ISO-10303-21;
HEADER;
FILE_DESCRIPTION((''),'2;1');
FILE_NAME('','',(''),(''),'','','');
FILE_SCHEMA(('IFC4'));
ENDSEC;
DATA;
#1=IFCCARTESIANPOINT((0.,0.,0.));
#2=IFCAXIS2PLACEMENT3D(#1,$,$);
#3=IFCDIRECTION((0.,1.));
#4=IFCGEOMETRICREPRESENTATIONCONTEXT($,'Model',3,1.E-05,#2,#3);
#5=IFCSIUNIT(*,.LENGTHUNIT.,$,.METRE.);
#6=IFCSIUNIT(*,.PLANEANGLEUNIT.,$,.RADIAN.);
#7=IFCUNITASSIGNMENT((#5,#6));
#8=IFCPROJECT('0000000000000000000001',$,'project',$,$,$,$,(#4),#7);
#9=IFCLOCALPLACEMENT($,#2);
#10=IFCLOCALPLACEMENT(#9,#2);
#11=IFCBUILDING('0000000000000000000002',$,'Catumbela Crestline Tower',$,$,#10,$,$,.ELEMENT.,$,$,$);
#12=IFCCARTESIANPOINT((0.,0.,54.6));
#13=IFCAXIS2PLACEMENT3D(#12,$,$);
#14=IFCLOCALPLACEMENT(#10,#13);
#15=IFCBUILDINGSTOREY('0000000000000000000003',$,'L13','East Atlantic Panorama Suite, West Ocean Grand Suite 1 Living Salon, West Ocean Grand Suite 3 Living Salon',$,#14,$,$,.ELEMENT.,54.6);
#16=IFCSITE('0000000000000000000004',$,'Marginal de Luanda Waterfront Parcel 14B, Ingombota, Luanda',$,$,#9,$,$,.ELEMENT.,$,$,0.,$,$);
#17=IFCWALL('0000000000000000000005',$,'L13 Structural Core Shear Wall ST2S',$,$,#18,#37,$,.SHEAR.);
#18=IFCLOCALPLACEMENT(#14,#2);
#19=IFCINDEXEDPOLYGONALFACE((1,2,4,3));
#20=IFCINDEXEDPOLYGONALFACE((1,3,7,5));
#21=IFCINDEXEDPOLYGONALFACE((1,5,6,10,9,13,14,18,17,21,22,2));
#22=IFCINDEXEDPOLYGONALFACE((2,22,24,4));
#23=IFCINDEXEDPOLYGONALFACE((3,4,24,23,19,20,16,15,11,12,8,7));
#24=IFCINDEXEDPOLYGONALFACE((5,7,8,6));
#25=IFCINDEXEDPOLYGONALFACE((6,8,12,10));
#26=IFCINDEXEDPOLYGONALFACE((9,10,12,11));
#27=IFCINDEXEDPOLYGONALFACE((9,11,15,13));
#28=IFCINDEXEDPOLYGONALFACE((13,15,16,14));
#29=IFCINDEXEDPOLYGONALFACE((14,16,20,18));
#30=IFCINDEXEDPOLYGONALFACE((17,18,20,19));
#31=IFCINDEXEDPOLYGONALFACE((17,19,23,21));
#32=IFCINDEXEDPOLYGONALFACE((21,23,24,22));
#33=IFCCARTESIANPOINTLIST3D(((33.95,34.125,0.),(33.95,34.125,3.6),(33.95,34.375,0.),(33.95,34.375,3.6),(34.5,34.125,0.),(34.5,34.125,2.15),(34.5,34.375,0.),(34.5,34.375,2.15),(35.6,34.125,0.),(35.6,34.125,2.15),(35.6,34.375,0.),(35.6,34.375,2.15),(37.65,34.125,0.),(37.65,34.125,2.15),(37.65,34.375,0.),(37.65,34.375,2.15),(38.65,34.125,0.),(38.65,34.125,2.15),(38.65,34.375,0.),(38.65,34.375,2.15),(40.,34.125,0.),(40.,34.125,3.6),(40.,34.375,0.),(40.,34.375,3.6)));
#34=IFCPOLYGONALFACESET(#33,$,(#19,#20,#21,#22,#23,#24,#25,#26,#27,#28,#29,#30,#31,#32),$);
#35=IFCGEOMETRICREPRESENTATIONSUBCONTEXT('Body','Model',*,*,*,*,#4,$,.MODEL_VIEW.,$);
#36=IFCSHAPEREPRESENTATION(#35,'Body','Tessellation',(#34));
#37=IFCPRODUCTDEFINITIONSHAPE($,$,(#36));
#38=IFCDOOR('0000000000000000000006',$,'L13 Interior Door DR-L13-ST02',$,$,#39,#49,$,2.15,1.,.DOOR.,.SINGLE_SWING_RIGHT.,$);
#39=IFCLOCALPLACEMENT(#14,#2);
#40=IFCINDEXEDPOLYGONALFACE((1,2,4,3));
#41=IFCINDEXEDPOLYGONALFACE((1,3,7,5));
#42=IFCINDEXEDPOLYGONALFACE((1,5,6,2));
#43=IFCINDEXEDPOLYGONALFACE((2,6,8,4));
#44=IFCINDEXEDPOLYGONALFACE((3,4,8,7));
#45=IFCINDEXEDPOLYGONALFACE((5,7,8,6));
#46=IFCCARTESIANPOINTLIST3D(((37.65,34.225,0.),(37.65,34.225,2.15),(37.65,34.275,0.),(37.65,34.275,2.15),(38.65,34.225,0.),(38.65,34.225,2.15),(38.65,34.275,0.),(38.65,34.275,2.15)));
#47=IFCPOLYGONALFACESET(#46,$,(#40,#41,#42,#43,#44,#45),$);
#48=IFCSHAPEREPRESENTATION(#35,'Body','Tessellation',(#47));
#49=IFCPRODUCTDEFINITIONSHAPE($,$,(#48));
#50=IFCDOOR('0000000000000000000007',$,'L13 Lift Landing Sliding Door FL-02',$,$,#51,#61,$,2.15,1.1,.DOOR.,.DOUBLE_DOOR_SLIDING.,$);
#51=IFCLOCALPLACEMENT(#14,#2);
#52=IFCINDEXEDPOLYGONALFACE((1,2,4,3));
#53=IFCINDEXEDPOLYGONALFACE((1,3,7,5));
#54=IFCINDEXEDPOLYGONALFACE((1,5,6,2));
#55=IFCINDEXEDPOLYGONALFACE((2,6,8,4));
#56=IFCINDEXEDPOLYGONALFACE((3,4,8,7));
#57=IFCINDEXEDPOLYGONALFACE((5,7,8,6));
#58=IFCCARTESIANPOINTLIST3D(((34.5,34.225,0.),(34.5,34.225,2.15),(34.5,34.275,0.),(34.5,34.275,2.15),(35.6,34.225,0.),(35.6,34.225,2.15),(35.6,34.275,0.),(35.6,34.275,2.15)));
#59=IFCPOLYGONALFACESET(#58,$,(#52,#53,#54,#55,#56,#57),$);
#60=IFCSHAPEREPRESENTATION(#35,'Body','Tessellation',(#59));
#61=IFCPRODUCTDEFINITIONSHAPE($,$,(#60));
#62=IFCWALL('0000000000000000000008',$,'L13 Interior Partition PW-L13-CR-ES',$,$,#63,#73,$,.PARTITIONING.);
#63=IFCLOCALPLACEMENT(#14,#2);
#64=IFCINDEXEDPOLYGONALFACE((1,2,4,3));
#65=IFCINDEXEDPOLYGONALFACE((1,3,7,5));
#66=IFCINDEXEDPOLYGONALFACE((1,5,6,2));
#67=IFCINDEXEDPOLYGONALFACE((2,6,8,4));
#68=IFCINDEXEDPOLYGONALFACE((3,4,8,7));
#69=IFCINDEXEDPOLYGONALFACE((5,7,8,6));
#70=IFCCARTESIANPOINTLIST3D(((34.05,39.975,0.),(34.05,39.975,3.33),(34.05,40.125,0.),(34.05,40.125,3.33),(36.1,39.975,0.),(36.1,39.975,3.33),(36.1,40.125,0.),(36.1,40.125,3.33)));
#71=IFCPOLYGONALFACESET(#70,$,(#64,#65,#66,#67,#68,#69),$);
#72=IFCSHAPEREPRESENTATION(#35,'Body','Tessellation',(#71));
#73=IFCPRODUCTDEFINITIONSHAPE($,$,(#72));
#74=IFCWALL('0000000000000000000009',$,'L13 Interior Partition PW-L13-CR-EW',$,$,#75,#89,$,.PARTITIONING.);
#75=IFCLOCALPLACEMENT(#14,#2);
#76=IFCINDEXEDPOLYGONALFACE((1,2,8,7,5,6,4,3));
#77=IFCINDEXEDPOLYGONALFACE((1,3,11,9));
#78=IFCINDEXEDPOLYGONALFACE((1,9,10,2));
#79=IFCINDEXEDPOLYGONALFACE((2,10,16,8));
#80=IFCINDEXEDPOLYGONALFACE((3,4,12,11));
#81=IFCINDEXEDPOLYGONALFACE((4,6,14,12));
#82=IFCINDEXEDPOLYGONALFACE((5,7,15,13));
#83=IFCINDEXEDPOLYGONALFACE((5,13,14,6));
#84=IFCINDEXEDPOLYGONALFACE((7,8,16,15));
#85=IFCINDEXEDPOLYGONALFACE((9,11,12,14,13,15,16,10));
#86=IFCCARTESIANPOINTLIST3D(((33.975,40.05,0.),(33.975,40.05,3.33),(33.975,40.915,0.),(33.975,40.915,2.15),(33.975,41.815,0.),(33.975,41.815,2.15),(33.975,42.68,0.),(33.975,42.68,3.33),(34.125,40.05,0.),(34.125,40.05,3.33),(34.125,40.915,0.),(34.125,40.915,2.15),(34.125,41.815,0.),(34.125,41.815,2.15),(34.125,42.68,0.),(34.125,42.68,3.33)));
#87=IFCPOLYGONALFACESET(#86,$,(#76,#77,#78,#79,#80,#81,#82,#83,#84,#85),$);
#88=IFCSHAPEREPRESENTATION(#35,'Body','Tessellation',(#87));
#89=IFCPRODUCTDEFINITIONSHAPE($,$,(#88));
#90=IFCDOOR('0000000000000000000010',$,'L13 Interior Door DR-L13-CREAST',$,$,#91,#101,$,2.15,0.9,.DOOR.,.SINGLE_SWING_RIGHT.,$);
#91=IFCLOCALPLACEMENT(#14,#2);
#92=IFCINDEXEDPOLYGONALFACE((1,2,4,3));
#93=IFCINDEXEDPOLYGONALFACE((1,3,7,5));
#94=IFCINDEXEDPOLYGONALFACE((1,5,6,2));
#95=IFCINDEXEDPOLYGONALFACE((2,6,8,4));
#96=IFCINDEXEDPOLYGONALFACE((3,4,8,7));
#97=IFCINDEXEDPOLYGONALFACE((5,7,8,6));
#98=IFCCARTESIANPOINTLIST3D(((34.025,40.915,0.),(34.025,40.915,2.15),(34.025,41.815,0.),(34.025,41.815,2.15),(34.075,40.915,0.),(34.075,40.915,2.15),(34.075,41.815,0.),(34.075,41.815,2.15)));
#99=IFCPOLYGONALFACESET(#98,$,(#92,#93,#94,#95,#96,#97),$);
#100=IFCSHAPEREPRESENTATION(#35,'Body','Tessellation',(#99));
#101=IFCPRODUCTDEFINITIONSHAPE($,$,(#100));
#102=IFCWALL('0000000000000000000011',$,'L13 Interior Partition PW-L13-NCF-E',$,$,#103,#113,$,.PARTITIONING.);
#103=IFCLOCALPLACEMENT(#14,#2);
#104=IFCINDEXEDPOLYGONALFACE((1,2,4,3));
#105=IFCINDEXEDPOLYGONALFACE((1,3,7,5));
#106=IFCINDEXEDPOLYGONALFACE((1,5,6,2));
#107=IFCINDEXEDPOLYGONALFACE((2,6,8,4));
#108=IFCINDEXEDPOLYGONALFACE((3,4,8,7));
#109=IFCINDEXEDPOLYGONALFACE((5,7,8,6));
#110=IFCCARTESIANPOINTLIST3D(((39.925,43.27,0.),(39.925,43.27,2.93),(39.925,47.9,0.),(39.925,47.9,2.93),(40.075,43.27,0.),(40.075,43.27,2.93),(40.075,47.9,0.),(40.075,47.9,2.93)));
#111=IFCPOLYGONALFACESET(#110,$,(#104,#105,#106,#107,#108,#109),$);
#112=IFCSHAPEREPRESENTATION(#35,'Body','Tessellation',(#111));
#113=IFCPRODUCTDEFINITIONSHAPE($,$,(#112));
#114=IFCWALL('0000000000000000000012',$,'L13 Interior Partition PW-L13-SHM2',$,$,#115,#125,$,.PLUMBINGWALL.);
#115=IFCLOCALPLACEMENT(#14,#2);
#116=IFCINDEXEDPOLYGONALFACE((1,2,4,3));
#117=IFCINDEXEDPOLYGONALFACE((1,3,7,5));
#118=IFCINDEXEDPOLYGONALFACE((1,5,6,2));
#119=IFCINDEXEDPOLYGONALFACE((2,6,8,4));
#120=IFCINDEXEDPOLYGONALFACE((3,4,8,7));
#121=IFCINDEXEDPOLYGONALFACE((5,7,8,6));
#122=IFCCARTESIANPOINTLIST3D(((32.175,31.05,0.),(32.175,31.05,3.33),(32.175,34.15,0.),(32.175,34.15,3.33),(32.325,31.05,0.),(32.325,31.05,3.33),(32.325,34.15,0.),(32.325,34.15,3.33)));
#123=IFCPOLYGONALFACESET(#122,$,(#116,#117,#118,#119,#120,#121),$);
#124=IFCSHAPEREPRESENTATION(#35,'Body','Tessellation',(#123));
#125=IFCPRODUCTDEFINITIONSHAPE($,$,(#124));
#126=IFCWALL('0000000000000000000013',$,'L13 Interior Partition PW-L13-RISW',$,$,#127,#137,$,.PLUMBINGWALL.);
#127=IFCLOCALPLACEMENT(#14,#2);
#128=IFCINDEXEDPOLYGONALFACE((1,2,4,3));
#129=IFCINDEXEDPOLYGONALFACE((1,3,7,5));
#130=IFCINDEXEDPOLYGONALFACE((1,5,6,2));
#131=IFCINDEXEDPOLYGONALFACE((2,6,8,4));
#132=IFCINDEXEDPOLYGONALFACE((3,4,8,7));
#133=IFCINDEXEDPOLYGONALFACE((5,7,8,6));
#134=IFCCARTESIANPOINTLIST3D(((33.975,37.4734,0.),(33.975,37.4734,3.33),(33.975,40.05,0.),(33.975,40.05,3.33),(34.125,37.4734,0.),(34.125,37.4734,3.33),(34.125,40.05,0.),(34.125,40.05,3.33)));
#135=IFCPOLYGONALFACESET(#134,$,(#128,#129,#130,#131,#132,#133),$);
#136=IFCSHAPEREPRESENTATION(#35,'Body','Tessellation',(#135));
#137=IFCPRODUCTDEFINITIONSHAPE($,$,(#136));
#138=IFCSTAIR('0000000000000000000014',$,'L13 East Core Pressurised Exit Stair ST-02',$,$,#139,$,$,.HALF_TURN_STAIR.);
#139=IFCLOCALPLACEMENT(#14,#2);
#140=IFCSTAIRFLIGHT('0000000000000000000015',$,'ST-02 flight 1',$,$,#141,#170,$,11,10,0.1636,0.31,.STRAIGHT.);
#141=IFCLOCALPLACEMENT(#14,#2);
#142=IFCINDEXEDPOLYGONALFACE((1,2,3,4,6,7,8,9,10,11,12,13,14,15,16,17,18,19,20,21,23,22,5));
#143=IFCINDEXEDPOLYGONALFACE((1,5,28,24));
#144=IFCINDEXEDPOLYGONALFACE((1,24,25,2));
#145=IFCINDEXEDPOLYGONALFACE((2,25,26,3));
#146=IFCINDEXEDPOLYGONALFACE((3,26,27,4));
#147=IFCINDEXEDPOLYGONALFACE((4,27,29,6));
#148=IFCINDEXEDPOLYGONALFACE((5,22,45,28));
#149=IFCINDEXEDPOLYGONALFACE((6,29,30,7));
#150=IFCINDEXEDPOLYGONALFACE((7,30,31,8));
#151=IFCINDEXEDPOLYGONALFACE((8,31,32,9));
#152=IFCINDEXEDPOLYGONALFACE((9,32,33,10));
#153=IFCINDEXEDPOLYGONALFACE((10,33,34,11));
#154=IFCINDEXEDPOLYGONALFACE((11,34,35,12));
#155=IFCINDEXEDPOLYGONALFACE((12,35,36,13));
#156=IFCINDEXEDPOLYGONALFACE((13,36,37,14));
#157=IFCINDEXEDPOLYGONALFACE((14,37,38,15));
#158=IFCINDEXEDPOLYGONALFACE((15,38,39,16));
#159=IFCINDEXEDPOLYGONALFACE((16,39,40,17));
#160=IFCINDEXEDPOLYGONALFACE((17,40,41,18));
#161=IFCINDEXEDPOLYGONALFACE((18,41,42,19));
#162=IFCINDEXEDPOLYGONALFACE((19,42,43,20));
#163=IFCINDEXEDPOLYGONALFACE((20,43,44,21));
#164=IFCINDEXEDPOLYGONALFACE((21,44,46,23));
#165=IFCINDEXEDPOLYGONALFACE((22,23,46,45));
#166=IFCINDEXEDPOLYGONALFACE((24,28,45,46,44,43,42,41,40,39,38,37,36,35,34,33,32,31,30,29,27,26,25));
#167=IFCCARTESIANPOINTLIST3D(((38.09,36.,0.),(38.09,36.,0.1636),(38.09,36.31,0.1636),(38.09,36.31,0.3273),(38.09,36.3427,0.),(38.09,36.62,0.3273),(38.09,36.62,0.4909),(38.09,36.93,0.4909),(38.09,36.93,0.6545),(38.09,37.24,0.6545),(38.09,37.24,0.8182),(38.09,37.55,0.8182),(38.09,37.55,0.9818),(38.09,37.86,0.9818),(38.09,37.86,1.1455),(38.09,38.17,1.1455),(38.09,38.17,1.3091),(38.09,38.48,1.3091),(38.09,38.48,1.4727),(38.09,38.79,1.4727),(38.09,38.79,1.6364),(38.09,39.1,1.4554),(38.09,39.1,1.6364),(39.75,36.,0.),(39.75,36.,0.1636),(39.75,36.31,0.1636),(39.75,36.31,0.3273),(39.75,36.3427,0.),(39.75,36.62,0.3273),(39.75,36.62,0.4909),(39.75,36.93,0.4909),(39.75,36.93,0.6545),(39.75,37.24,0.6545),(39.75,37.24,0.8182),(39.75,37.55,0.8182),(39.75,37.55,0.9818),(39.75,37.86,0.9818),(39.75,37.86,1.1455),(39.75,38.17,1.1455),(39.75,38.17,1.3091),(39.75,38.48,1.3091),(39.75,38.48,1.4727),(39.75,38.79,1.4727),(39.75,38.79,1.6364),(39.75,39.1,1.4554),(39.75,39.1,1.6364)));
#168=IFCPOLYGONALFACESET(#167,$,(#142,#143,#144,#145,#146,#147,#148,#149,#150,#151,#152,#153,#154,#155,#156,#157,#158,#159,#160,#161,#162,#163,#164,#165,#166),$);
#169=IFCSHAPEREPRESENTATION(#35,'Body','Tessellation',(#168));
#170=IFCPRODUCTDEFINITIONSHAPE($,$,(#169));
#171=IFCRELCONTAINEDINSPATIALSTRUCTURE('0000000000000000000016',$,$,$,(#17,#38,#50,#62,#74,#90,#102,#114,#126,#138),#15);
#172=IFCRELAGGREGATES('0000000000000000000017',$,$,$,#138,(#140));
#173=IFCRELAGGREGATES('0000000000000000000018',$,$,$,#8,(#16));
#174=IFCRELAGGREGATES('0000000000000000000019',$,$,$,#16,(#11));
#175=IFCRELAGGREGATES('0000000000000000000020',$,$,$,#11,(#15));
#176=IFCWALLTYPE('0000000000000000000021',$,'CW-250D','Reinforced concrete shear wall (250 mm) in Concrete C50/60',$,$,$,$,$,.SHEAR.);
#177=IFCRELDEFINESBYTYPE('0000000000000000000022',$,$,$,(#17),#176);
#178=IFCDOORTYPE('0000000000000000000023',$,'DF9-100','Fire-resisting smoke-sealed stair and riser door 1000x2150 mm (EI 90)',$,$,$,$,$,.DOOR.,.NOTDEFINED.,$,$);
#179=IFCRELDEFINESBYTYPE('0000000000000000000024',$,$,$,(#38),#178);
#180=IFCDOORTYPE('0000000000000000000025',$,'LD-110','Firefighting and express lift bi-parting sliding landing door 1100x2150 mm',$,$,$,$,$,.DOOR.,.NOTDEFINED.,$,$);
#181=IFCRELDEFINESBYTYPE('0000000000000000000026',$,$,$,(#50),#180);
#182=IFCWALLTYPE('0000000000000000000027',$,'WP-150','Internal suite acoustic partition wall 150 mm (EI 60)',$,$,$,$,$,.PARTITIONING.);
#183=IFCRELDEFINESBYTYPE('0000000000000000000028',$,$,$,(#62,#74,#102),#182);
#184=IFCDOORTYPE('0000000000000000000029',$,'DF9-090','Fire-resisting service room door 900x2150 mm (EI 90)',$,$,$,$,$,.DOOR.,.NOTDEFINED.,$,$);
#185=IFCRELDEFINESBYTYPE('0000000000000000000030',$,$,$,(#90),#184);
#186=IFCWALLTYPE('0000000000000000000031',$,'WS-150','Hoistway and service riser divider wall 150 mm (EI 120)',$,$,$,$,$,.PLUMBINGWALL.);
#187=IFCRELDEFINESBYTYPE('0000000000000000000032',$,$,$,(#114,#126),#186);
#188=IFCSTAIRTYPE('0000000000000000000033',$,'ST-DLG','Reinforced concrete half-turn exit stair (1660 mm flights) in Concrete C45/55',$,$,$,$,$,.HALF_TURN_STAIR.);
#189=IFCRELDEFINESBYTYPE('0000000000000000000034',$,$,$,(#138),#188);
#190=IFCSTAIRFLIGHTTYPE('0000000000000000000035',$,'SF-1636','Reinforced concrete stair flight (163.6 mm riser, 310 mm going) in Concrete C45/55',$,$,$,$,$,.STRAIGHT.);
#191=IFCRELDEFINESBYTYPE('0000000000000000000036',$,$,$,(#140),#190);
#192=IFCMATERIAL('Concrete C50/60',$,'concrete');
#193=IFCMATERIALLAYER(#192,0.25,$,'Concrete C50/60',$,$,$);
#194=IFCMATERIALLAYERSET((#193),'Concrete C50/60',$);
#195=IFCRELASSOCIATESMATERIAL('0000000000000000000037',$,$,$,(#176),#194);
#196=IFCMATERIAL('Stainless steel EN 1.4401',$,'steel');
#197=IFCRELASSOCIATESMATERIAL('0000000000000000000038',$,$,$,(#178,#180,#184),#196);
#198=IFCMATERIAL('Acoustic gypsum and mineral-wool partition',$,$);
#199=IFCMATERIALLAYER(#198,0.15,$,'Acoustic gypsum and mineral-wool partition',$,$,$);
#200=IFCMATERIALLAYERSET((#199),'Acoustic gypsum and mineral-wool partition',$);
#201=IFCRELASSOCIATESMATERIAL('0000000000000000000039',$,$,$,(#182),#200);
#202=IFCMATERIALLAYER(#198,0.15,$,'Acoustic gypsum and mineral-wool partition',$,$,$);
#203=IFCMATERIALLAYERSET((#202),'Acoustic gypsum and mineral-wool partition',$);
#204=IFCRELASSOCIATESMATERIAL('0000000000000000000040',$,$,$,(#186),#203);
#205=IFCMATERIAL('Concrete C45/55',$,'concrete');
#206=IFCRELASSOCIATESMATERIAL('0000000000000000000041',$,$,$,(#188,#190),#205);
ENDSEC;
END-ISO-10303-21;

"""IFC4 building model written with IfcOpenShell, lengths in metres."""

from ifc_helpers import new_model, si_unit, direction, frame, frame_2d, origin, place, context, subcontext, project, spatial, polyline, rectangle, outline, extrude, material, layer, layer_set, type_object, element, fill, aggregate, save


model = new_model("IFC4")

# Units and contexts
model_context = context("Model", 3, precision=1e-05, world=origin(), true_north=direction((0.0, 1.0)))
body_context = subcontext(model_context, "Body", "Model", "MODEL_VIEW")
ifc_project = project(units=[si_unit("LENGTHUNIT", "METRE"), si_unit("PLANEANGLEUNIT", "RADIAN")], contexts=[model_context])

# Site, building, storey
site_placement = place(None, origin())
site = spatial("IfcSite", under=ifc_project, at=site_placement, Name="Marginal de Luanda Waterfront Parcel 14B, Ingombota, Luanda", CompositionType="ELEMENT", RefElevation=0.0)
building_placement = place(site_placement, origin())
building = spatial("IfcBuilding", under=site, at=building_placement, Name="Catumbela Crestline Tower", CompositionType="ELEMENT")
storey_placement = place(building_placement, frame((0.0, 0.0, 54.6)))
storey = spatial("IfcBuildingStorey", under=building, at=storey_placement, Name="L13", Description="East Atlantic Panorama Suite, West Ocean Grand Suite 1 Living Salon, West Ocean Grand Suite 3 Living Salon", CompositionType="ELEMENT", Elevation=54.6)

# Shared definitions
ifc_material_1 = material(Name="Concrete C50/60", Category="concrete")
ifc_layer_1 = layer(ifc_material_1, 0.25, Name="Concrete C50/60")
ifc_layer_set_1 = layer_set([ifc_layer_1], Name="Concrete C50/60")
wall_type_1 = type_object("IfcWallType", Name="CW-250D", Description="Reinforced concrete shear wall (250 mm) in Concrete C50/60", PredefinedType="SHEAR", material=ifc_layer_set_1)

# Wall, openings, doors
wall_1_placement = place(storey_placement, frame((33.95, 34.25, 0.0), z_axis=(0.0, 0.0, 1.0), x_axis=(1.0, 0.0, 0.0)))
wall_1 = element("IfcWall", 1, at=wall_1_placement, inside=storey, type_object=wall_type_1, Name="L13 Structural Core Shear Wall ST2S", PredefinedType="SHEAR", context=body_context, shape_type="SweptSolid", body=[
    extrude(rectangle(XDim=6.05, YDim=0.25, at=frame_2d((3.025, 0.0))), origin(), (0.0, 0.0, 1.0), 3.6),
])
opening_1_placement = place(wall_1_placement, frame((3.7, 0.0, 0.0)))
opening_1 = element("IfcOpeningElement", 2, at=opening_1_placement, cuts=wall_1, PredefinedType="OPENING", context=body_context, shape_type="SweptSolid", body=[
    extrude(rectangle(XDim=1.0, YDim=2.15, at=frame_2d((0.5, 1.075))), frame((0.0, 0.135, 0.0), z_axis=(0.0, -1.0, 0.0), x_axis=(1.0, 0.0, 0.0)), (0.0, 0.0, 1.0), 0.27),
])
opening_2_placement = place(wall_1_placement, frame((0.55, 0.0, 0.0)))
opening_2 = element("IfcOpeningElement", 3, at=opening_2_placement, cuts=wall_1, PredefinedType="OPENING", context=body_context, shape_type="SweptSolid", body=[
    extrude(rectangle(XDim=1.1, YDim=2.15, at=frame_2d((0.55, 1.075))), frame((0.0, 0.135, 0.0), z_axis=(0.0, -1.0, 0.0), x_axis=(1.0, 0.0, 0.0)), (0.0, 0.0, 1.0), 0.27),
])
ifc_material_2 = material(Name="Stainless steel EN 1.4401", Category="steel")
door_type_1 = type_object("IfcDoorType", Name="DF9-100", Description="Fire-resisting smoke-sealed stair and riser door 1000x2150 mm (EI 90)", OperationType="NOTDEFINED", PredefinedType="DOOR", material=ifc_material_2)
door_1_placement = place(opening_1_placement, origin())
door_1 = element("IfcDoor", 4, at=door_1_placement, inside=storey, type_object=door_type_1, Name="L13 Interior Door DR-L13-ST02", OperationType="SINGLE_SWING_RIGHT", OverallHeight=2.15, OverallWidth=1.0, PredefinedType="DOOR", context=body_context, shape_type="SweptSolid", body=[
    extrude(rectangle(XDim=1.0, YDim=2.15, at=frame_2d((0.5, 1.075))), frame((0.0, 0.025, 0.0), z_axis=(0.0, -1.0, 0.0), x_axis=(1.0, 0.0, 0.0)), (0.0, 0.0, 1.0), 0.05),
])
fill(opening_1, door_1)
door_type_2 = type_object("IfcDoorType", Name="LD-110", Description="Firefighting and express lift bi-parting sliding landing door 1100x2150 mm", OperationType="NOTDEFINED", PredefinedType="DOOR", material=ifc_material_2)
door_2_placement = place(opening_2_placement, origin())
door_2 = element("IfcDoor", 5, at=door_2_placement, inside=storey, type_object=door_type_2, Name="L13 Lift Landing Sliding Door FL-02", OperationType="DOUBLE_DOOR_SLIDING", OverallHeight=2.15, OverallWidth=1.1, PredefinedType="DOOR", context=body_context, shape_type="SweptSolid", body=[
    extrude(rectangle(XDim=1.1, YDim=2.15, at=frame_2d((0.55, 1.075))), frame((0.0, 0.025, 0.0), z_axis=(0.0, -1.0, 0.0), x_axis=(1.0, 0.0, 0.0)), (0.0, 0.0, 1.0), 0.05),
])
fill(opening_2, door_2)

# Wall
ifc_material_3 = material(Name="Acoustic gypsum and mineral-wool partition")
ifc_layer_2 = layer(ifc_material_3, 0.15, Name="Acoustic gypsum and mineral-wool partition")
ifc_layer_set_2 = layer_set([ifc_layer_2], Name="Acoustic gypsum and mineral-wool partition")
wall_type_2 = type_object("IfcWallType", Name="WP-150", Description="Internal suite acoustic partition wall 150 mm (EI 60)", PredefinedType="PARTITIONING", material=ifc_layer_set_2)
wall_2_placement = place(storey_placement, frame((34.05, 40.05, 0.0), z_axis=(0.0, 0.0, 1.0), x_axis=(1.0, 0.0, 0.0)))
element("IfcWall", 6, at=wall_2_placement, inside=storey, type_object=wall_type_2, Name="L13 Interior Partition PW-L13-CR-ES", PredefinedType="PARTITIONING", context=body_context, shape_type="SweptSolid", body=[
    extrude(rectangle(XDim=2.05, YDim=0.15, at=frame_2d((1.025, 0.0))), origin(), (0.0, 0.0, 1.0), 3.33),
])

# Wall, opening, door
wall_3_placement = place(storey_placement, frame((34.05, 40.05, 0.0), z_axis=(0.0, 0.0, 1.0), x_axis=(0.0, 1.0, 0.0)))
wall_3 = element("IfcWall", 7, at=wall_3_placement, inside=storey, type_object=wall_type_2, Name="L13 Interior Partition PW-L13-CR-EW", PredefinedType="PARTITIONING", context=body_context, shape_type="SweptSolid", body=[
    extrude(rectangle(XDim=2.63, YDim=0.15, at=frame_2d((1.315, 0.0))), origin(), (0.0, 0.0, 1.0), 3.33),
])
opening_3_placement = place(wall_3_placement, frame((0.865, 0.0, 0.0)))
opening_3 = element("IfcOpeningElement", 8, at=opening_3_placement, cuts=wall_3, PredefinedType="OPENING", context=body_context, shape_type="SweptSolid", body=[
    extrude(rectangle(XDim=0.9, YDim=2.15, at=frame_2d((0.45, 1.075))), frame((0.0, 0.085, 0.0), z_axis=(0.0, -1.0, 0.0), x_axis=(1.0, 0.0, 0.0)), (0.0, 0.0, 1.0), 0.17),
])
door_type_3 = type_object("IfcDoorType", Name="DF9-090", Description="Fire-resisting service room door 900x2150 mm (EI 90)", OperationType="NOTDEFINED", PredefinedType="DOOR", material=ifc_material_2)
door_3_placement = place(opening_3_placement, origin())
door_3 = element("IfcDoor", 9, at=door_3_placement, inside=storey, type_object=door_type_3, Name="L13 Interior Door DR-L13-CREAST", OperationType="SINGLE_SWING_RIGHT", OverallHeight=2.15, OverallWidth=0.9, PredefinedType="DOOR", context=body_context, shape_type="SweptSolid", body=[
    extrude(rectangle(XDim=0.9, YDim=2.15, at=frame_2d((0.45, 1.075))), frame((0.0, 0.025, 0.0), z_axis=(0.0, -1.0, 0.0), x_axis=(1.0, 0.0, 0.0)), (0.0, 0.0, 1.0), 0.05),
])
fill(opening_3, door_3)

# Walls
wall_4_placement = place(storey_placement, frame((40.0, 43.27, 0.0), z_axis=(0.0, 0.0, 1.0), x_axis=(0.0, 1.0, 0.0)))
element("IfcWall", 10, at=wall_4_placement, inside=storey, type_object=wall_type_2, Name="L13 Interior Partition PW-L13-NCF-E", PredefinedType="PARTITIONING", context=body_context, shape_type="SweptSolid", body=[
    extrude(rectangle(XDim=4.63, YDim=0.15, at=frame_2d((2.315, 0.0))), origin(), (0.0, 0.0, 1.0), 2.93),
])
ifc_layer_3 = layer(ifc_material_3, 0.15, Name="Acoustic gypsum and mineral-wool partition")
ifc_layer_set_3 = layer_set([ifc_layer_3], Name="Acoustic gypsum and mineral-wool partition")
wall_type_3 = type_object("IfcWallType", Name="WS-150", Description="Hoistway and service riser divider wall 150 mm (EI 120)", PredefinedType="PLUMBINGWALL", material=ifc_layer_set_3)
wall_5_placement = place(storey_placement, frame((32.25, 31.05, 0.0), z_axis=(0.0, 0.0, 1.0), x_axis=(0.0, 1.0, 0.0)))
element("IfcWall", 11, at=wall_5_placement, inside=storey, type_object=wall_type_3, Name="L13 Interior Partition PW-L13-SHM2", PredefinedType="PLUMBINGWALL", context=body_context, shape_type="SweptSolid", body=[
    extrude(rectangle(XDim=3.1, YDim=0.15, at=frame_2d((1.55, 0.0))), origin(), (0.0, 0.0, 1.0), 3.33),
])
wall_6_placement = place(storey_placement, frame((34.05, 37.4734, 0.0), z_axis=(0.0, 0.0, 1.0), x_axis=(0.0, 1.0, 0.0)))
element("IfcWall", 12, at=wall_6_placement, inside=storey, type_object=wall_type_3, Name="L13 Interior Partition PW-L13-RISW", PredefinedType="PLUMBINGWALL", context=body_context, shape_type="SweptSolid", body=[
    extrude(rectangle(XDim=2.5766, YDim=0.15, at=frame_2d((1.2883, 0.0))), origin(), (0.0, 0.0, 1.0), 3.33),
])

# Stair, stair flight
ifc_material_4 = material(Name="Concrete C45/55", Category="concrete")
stair_type = type_object("IfcStairType", Name="ST-DLG", Description="Reinforced concrete half-turn exit stair (1660 mm flights) in Concrete C45/55", PredefinedType="HALF_TURN_STAIR", material=ifc_material_4)
stair_placement = place(storey_placement, origin())
stair = element("IfcStair", 13, at=stair_placement, inside=storey, type_object=stair_type, Name="L13 East Core Pressurised Exit Stair ST-02", PredefinedType="HALF_TURN_STAIR")
stair_flight_type = type_object("IfcStairFlightType", Name="SF-1636", Description="Reinforced concrete stair flight (163.6 mm riser, 310 mm going) in Concrete C45/55", PredefinedType="STRAIGHT", material=ifc_material_4)
stair_flight_1_placement = place(storey_placement, frame((38.92, 36.0, 0.0), z_axis=(0.0, 0.0, 1.0), x_axis=(0.0, 1.0, 0.0)))
stair_flight_1 = element("IfcStairFlight", 14, at=stair_flight_1_placement, type_object=stair_flight_type, Name="ST-02 flight 1", NumberOfRisers=11, NumberOfTreads=10, PredefinedType="STRAIGHT", RiserHeight=0.1636, TreadLength=0.31, context=body_context, shape_type="SweptSolid", body=[
    extrude(outline(polyline([(0.0, 0.0), (0.0, 0.1636), (0.31, 0.1636), (0.31, 0.3273), (0.62, 0.3273), (0.62, 0.4909), (0.93, 0.4909), (0.93, 0.6545), (1.24, 0.6545), (1.24, 0.8182), (1.55, 0.8182), (1.55, 0.9818), (1.86, 0.9818), (1.86, 1.1455), (2.17, 1.1455), (2.17, 1.3091), (2.48, 1.3091), (2.48, 1.4727), (2.79, 1.4727), (2.79, 1.6364), (3.1, 1.6364), (3.1, 1.8), (3.1, 1.4554), (0.3427, 0.0), (0.0, 0.0)])), frame((0.0, 0.83, 0.0), z_axis=(0.0, -1.0, 0.0), x_axis=(1.0, 0.0, 0.0)), (0.0, 0.0, 1.0), 1.66),
])
aggregate(stair, [stair_flight_1])

save(model, "model.ifc")
